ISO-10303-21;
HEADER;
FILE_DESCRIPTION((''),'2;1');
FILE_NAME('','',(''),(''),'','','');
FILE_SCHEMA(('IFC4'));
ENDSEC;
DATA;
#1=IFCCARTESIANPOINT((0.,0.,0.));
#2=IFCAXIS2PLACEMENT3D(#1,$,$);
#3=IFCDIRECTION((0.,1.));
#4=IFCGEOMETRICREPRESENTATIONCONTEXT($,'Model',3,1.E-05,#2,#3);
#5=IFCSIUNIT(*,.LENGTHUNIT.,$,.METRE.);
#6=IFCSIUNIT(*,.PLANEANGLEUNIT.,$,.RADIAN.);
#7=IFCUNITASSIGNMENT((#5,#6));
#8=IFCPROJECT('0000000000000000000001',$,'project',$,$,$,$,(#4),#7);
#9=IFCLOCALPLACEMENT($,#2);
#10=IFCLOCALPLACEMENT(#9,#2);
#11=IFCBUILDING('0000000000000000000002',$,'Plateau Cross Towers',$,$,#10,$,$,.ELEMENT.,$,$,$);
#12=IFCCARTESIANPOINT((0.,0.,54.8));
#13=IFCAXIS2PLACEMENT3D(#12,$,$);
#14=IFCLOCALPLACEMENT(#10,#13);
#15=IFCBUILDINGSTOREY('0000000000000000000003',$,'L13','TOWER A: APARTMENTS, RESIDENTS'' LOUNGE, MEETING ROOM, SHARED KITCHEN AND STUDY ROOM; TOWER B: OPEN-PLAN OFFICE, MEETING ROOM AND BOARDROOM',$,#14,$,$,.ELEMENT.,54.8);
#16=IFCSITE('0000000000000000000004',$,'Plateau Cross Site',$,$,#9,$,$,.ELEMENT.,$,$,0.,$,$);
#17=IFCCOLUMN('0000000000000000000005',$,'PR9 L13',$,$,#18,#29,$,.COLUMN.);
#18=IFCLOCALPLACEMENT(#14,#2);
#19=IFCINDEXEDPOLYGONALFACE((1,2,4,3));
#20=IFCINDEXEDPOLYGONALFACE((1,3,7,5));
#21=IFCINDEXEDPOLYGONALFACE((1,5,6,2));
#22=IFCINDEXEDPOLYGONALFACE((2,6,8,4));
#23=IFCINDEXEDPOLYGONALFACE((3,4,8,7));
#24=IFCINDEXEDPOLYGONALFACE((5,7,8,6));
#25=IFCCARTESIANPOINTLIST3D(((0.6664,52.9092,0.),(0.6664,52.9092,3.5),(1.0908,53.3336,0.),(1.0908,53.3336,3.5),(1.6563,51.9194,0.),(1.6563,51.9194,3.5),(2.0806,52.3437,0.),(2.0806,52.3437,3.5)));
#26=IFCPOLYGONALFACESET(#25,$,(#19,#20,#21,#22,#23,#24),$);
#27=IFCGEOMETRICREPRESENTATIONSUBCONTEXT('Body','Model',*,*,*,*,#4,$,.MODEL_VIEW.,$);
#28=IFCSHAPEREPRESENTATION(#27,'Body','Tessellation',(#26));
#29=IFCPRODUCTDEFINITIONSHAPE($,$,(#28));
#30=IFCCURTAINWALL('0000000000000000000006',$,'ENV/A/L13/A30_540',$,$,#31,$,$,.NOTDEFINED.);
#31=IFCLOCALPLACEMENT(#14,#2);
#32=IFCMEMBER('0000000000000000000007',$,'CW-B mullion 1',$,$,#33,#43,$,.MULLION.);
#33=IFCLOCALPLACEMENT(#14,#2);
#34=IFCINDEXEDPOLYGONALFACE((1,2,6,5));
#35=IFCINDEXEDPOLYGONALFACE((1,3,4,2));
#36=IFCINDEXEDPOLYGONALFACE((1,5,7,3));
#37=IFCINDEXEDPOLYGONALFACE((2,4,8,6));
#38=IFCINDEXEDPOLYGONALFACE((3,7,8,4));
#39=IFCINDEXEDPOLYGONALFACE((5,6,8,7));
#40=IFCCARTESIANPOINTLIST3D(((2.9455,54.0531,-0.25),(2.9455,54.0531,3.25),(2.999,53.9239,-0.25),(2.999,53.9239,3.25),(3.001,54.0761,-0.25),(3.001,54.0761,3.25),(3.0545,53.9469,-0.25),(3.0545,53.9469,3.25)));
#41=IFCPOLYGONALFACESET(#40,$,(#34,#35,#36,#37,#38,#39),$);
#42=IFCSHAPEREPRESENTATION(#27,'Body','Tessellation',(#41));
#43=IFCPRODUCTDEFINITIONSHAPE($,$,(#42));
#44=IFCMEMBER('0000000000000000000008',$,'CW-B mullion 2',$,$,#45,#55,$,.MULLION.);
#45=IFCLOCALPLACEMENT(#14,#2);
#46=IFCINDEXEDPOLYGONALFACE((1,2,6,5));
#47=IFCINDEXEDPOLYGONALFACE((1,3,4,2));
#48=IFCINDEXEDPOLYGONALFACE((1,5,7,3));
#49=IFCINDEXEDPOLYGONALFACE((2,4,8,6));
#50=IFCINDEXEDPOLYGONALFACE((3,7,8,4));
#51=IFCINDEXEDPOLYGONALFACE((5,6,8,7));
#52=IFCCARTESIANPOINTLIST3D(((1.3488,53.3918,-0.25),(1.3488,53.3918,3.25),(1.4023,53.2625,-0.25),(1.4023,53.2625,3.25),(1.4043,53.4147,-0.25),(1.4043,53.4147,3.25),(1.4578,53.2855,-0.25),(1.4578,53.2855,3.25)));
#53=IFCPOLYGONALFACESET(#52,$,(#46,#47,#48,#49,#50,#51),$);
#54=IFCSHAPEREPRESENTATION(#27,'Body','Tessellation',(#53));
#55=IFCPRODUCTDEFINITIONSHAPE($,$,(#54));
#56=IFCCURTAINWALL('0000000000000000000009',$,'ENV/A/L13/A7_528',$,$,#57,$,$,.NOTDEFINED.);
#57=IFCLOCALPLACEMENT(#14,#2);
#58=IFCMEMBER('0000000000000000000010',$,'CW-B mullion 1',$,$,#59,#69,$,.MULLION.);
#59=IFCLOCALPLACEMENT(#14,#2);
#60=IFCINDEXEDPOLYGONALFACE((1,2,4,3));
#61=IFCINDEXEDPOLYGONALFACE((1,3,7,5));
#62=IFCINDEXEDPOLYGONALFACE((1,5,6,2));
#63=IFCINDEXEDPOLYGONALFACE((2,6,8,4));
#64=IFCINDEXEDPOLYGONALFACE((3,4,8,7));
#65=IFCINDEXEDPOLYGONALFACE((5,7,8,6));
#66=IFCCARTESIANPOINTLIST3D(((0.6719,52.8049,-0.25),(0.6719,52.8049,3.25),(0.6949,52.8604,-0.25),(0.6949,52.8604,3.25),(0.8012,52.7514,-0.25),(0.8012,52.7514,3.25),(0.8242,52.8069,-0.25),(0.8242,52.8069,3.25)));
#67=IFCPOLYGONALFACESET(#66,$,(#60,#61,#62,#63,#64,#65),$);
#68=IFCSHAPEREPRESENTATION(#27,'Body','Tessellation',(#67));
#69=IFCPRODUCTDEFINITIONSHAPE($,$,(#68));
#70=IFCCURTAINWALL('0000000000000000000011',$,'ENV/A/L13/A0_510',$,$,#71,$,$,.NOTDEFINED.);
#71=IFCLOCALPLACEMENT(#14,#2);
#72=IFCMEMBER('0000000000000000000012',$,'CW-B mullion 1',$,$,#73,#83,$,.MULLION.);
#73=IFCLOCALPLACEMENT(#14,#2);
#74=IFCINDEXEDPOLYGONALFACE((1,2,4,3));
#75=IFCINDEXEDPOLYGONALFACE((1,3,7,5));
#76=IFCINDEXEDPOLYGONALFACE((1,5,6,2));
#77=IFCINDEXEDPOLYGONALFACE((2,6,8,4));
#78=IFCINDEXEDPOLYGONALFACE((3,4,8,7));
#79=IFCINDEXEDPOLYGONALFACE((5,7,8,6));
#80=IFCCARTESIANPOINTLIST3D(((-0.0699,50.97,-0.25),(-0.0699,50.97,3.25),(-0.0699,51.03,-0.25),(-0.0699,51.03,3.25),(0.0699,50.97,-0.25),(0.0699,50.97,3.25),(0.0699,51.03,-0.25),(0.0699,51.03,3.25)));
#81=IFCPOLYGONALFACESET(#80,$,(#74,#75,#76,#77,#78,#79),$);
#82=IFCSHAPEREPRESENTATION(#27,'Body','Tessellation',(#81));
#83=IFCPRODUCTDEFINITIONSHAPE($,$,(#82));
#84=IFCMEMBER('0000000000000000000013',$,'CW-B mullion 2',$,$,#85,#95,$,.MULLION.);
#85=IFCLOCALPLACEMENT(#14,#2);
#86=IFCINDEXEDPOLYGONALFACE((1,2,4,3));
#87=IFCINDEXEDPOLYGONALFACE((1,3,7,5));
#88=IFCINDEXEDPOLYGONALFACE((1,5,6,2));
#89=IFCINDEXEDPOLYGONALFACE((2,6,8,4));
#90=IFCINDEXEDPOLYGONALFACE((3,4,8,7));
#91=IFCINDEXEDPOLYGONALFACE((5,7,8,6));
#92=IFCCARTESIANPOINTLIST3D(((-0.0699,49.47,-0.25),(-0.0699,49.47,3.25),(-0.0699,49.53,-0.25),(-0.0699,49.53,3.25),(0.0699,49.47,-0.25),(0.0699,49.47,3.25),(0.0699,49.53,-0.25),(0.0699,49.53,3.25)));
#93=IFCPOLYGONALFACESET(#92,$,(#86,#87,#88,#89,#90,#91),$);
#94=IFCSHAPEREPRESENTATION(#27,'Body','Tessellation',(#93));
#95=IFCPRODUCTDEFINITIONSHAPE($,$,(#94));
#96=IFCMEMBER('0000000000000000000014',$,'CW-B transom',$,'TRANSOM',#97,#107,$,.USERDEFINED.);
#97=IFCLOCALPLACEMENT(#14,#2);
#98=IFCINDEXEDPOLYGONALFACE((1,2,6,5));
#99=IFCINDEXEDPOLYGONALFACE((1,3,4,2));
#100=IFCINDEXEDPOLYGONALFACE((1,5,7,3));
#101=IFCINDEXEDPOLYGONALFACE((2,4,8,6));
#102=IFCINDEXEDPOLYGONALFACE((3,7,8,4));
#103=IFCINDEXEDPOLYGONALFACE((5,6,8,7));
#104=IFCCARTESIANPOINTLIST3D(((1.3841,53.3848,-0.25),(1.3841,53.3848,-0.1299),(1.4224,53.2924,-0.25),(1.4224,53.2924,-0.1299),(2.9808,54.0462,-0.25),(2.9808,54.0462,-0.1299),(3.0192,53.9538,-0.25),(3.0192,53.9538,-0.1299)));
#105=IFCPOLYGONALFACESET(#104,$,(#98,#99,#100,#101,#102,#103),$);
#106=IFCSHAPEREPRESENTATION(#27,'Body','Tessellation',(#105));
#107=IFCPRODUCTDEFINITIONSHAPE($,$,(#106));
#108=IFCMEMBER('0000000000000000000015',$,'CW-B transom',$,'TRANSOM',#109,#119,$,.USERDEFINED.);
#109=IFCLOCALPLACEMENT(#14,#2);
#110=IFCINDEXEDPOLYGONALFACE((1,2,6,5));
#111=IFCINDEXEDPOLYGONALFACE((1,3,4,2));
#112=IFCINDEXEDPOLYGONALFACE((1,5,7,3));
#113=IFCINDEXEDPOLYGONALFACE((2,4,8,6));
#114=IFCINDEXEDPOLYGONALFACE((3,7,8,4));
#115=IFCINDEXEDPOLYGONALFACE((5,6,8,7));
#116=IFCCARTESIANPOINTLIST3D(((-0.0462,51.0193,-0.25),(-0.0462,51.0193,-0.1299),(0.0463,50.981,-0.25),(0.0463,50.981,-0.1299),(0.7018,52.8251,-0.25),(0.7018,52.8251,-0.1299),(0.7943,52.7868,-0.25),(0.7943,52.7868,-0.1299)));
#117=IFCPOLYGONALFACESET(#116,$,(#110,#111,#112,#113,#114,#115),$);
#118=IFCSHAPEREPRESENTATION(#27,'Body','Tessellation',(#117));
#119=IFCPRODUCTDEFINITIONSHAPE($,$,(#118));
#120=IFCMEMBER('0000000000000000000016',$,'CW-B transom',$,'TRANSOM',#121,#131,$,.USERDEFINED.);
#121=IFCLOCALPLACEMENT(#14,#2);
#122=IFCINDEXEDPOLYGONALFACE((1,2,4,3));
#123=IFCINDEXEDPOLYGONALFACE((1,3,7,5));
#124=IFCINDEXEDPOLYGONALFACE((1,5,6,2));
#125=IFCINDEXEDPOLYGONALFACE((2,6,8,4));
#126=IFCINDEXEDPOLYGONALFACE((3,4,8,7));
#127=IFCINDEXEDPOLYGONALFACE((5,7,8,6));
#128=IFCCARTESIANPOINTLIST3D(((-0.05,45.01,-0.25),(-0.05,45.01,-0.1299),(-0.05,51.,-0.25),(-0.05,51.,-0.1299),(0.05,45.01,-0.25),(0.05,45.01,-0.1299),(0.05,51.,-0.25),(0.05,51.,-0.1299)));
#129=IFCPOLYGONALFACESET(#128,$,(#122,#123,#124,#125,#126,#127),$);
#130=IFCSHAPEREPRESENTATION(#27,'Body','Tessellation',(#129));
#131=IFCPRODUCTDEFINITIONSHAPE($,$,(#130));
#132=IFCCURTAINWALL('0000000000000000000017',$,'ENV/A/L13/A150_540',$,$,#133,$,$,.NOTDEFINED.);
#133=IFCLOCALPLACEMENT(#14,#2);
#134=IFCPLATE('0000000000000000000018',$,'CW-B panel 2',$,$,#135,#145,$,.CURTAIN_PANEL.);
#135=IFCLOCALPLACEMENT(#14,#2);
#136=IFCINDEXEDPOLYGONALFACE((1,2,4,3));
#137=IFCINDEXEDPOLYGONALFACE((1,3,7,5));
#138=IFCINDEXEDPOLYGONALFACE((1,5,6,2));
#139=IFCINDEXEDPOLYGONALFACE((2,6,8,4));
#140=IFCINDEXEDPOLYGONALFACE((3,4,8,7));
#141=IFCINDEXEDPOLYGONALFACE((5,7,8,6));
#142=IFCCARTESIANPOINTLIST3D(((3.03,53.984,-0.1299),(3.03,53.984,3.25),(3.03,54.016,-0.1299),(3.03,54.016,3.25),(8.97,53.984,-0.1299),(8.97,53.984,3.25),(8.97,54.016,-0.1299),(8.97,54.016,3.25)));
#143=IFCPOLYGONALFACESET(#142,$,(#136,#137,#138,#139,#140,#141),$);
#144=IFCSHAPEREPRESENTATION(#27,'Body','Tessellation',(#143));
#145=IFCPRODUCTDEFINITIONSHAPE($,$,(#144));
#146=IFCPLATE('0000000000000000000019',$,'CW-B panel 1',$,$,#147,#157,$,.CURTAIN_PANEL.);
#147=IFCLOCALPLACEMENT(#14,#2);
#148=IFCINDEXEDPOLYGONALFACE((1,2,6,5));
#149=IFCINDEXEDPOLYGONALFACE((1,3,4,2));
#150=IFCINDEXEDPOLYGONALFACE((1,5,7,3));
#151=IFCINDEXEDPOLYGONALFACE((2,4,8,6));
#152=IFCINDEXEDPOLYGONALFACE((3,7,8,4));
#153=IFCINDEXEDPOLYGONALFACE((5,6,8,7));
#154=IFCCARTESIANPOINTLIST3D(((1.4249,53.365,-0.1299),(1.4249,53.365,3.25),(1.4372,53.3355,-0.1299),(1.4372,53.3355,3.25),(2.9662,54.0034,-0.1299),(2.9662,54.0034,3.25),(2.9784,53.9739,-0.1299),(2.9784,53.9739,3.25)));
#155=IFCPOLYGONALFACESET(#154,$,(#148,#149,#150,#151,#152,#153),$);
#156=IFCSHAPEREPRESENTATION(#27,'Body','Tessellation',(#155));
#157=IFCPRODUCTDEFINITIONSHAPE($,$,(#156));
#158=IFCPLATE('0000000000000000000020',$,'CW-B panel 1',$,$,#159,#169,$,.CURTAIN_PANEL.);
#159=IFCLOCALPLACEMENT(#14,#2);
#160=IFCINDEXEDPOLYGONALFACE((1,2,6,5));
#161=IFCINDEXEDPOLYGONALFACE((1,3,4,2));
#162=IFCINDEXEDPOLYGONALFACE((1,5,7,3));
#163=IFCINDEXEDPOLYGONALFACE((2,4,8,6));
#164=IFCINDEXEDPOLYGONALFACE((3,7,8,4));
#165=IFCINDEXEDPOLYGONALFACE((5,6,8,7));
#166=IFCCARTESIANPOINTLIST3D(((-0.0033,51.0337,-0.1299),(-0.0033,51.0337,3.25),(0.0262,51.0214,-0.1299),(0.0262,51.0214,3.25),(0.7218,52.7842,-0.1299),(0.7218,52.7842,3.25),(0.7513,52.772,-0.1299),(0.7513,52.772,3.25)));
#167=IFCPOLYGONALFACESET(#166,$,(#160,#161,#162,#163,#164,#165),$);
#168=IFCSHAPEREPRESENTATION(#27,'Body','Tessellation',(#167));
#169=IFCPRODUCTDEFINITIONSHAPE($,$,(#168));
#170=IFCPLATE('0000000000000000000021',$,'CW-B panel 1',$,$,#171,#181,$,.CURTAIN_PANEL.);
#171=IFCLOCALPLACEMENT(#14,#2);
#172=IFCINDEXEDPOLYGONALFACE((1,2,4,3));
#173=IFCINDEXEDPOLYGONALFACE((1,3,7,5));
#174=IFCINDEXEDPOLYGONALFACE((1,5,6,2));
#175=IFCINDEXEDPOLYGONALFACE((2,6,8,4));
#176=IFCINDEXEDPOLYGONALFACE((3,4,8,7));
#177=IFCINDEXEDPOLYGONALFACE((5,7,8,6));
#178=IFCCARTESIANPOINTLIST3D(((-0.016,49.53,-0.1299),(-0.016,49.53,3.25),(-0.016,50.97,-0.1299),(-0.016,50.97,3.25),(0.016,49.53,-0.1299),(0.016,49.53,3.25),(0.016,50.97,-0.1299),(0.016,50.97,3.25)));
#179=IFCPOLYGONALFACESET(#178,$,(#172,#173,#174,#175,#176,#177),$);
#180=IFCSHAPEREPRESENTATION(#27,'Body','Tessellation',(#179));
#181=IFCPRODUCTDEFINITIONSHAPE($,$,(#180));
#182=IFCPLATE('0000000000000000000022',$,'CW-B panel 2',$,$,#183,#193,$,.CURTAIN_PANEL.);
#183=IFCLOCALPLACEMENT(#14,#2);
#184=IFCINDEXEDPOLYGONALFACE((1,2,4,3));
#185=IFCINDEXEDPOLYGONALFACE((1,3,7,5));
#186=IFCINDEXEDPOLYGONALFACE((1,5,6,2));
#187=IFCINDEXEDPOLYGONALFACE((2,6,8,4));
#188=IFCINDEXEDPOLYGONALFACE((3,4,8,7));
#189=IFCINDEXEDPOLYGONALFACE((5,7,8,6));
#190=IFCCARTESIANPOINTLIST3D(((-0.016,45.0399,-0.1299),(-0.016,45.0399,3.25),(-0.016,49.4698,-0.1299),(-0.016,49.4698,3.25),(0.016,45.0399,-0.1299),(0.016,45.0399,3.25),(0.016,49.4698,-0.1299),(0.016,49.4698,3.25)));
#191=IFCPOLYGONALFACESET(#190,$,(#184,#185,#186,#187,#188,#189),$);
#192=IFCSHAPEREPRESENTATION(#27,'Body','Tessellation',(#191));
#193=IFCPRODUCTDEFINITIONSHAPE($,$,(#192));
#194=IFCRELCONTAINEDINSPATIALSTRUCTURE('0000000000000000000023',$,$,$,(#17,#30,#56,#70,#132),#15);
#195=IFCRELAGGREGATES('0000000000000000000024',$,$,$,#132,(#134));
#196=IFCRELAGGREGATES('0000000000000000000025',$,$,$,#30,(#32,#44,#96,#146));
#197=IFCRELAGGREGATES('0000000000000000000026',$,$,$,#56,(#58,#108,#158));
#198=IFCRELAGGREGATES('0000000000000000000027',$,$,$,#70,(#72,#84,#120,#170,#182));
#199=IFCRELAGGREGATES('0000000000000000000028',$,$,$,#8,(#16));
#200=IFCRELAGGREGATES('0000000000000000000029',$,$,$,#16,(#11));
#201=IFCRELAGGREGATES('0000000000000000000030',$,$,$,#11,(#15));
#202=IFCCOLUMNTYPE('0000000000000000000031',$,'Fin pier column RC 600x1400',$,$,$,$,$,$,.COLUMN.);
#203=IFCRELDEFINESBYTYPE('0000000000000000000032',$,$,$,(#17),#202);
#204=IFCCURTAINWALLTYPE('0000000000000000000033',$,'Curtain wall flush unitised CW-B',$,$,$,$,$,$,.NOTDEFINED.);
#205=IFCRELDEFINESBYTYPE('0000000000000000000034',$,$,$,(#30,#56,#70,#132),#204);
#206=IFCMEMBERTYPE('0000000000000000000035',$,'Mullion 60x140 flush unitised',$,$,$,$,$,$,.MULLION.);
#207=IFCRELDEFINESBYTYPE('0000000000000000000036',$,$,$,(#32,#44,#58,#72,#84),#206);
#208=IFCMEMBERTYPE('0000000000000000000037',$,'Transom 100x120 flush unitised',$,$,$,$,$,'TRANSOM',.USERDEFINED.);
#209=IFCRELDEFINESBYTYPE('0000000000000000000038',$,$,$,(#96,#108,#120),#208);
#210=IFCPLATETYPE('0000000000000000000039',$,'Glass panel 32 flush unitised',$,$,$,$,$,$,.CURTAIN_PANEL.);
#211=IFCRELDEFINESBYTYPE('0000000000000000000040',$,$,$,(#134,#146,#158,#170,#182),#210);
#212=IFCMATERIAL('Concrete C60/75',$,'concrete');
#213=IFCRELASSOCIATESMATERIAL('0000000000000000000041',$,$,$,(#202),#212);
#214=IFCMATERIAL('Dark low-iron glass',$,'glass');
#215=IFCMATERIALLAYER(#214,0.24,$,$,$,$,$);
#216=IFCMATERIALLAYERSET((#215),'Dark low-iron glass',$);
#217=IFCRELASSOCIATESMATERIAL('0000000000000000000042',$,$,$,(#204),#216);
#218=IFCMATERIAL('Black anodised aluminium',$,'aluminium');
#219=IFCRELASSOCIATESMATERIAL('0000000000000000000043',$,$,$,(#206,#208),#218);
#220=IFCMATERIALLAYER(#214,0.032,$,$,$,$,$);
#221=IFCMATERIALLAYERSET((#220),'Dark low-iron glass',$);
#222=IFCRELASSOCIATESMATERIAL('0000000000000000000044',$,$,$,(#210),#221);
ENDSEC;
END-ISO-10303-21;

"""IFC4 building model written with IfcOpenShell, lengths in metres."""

from ifc_helpers import new_model, si_unit, direction, frame, origin, origin_2d, place, context, subcontext, project, spatial, rectangle, extrude, material, layer, layer_set, material_profile, profile_set, type_object, element, aggregate, save


model = new_model("IFC4")

# Units and contexts
model_context = context("Model", 3, precision=1e-05, world=origin(), true_north=direction((0.0, 1.0)))
body_context = subcontext(model_context, "Body", "Model", "MODEL_VIEW")
ifc_project = project(units=[si_unit("LENGTHUNIT", "METRE"), si_unit("PLANEANGLEUNIT", "RADIAN")], contexts=[model_context])

# Site, building, storey
site_placement = place(None, origin())
site = spatial("IfcSite", under=ifc_project, at=site_placement, Name="Plateau Cross Site", CompositionType="ELEMENT", RefElevation=0.0)
building_placement = place(site_placement, origin())
building = spatial("IfcBuilding", under=site, at=building_placement, Name="Plateau Cross Towers", CompositionType="ELEMENT")
storey_placement = place(building_placement, frame((0.0, 0.0, 54.8)))
storey = spatial("IfcBuildingStorey", under=building, at=storey_placement, Name="L13", Description="TOWER A: APARTMENTS, RESIDENTS' LOUNGE, MEETING ROOM, SHARED KITCHEN AND STUDY ROOM; TOWER B: OPEN-PLAN OFFICE, MEETING ROOM AND BOARDROOM", CompositionType="ELEMENT", Elevation=54.8)

# Column
ifc_material_1 = material(Name="Concrete C60/75", Category="concrete")
ifc_material_profile_1 = material_profile(ifc_material_1, rectangle(XDim=0.6001, YDim=1.3999, at=origin_2d()), Name="RC 600x1400")
ifc_profile_set_1 = profile_set([ifc_material_profile_1], Name="Concrete C60/75")
column_type = type_object("IfcColumnType", Name="Fin pier column RC 600x1400", PredefinedType="COLUMN", material=ifc_profile_set_1)
column_placement = place(storey_placement, frame((1.3735, 52.6265, 0.0), z_axis=(0.0, 0.0, 1.0), x_axis=(0.707107, 0.707107, 0.0)))
element("IfcColumn", 1, at=column_placement, inside=storey, type_object=column_type, Name="PR9 L13", PredefinedType="COLUMN", context=body_context, shape_type="SweptSolid", body=[
    extrude(rectangle(XDim=0.6001, YDim=1.3999, at=origin_2d()), origin(), (0.0, 0.0, 1.0), 3.5),
])

# Curtain wall, members
ifc_material_2 = material(Name="Dark low-iron glass", Category="glass")
ifc_layer_1 = layer(ifc_material_2, 0.24)
ifc_layer_set_1 = layer_set([ifc_layer_1], Name="Dark low-iron glass")
curtain_wall_type = type_object("IfcCurtainWallType", Name="Curtain wall flush unitised CW-B", PredefinedType="NOTDEFINED", material=ifc_layer_set_1)
curtain_wall_1_placement = place(storey_placement, origin())
curtain_wall_1 = element("IfcCurtainWall", 2, at=curtain_wall_1_placement, inside=storey, type_object=curtain_wall_type, Name="ENV/A/L13/A30_540", PredefinedType="NOTDEFINED")
ifc_material_3 = material(Name="Black anodised aluminium", Category="aluminium")
ifc_material_profile_2 = material_profile(ifc_material_3, rectangle(XDim=0.0601, YDim=0.1399, at=origin_2d()), Name="MULLION 60x140")
ifc_profile_set_2 = profile_set([ifc_material_profile_2], Name="Black anodised aluminium")
member_type_1 = type_object("IfcMemberType", Name="Mullion 60x140 flush unitised", PredefinedType="MULLION", material=ifc_profile_set_2)
member_1_placement = place(storey_placement, frame((3.0, 54.0, -0.25), z_axis=(0.0, 0.0, 1.0), x_axis=(-0.923879, -0.382684, 0.0)))
member_1 = element("IfcMember", 3, at=member_1_placement, type_object=member_type_1, Name="CW-B mullion 1", PredefinedType="MULLION", context=body_context, shape_type="SweptSolid", body=[
    extrude(rectangle(XDim=0.0601, YDim=0.1399, at=origin_2d()), origin(), (0.0, 0.0, 1.0), 3.5),
])
member_2_placement = place(storey_placement, frame((1.4033, 53.3386, -0.25), z_axis=(0.0, 0.0, 1.0), x_axis=(-0.923879, -0.382684, 0.0)))
member_2 = element("IfcMember", 4, at=member_2_placement, type_object=member_type_1, Name="CW-B mullion 2", PredefinedType="MULLION", context=body_context, shape_type="SweptSolid", body=[
    extrude(rectangle(XDim=0.0601, YDim=0.1399, at=origin_2d()), origin(), (0.0, 0.0, 1.0), 3.5),
])

# Curtain wall, member
curtain_wall_2_placement = place(storey_placement, origin())
curtain_wall_2 = element("IfcCurtainWall", 5, at=curtain_wall_2_placement, inside=storey, type_object=curtain_wall_type, Name="ENV/A/L13/A7_528", PredefinedType="NOTDEFINED")
member_3_placement = place(storey_placement, frame((0.748, 52.8059, -0.25), z_axis=(0.0, 0.0, 1.0), x_axis=(-0.382684, -0.923879, 0.0)))
member_3 = element("IfcMember", 6, at=member_3_placement, type_object=member_type_1, Name="CW-B mullion 1", PredefinedType="MULLION", context=body_context, shape_type="SweptSolid", body=[
    extrude(rectangle(XDim=0.0601, YDim=0.1399, at=origin_2d()), origin(), (0.0, 0.0, 1.0), 3.5),
])

# Curtain wall, members
curtain_wall_3_placement = place(storey_placement, origin())
curtain_wall_3 = element("IfcCurtainWall", 7, at=curtain_wall_3_placement, inside=storey, type_object=curtain_wall_type, Name="ENV/A/L13/A0_510", PredefinedType="NOTDEFINED")
member_4_placement = place(storey_placement, frame((0.0, 51.0, -0.25), z_axis=(0.0, 0.0, 1.0), x_axis=(0.0, -1.0, 0.0)))
member_4 = element("IfcMember", 8, at=member_4_placement, type_object=member_type_1, Name="CW-B mullion 1", PredefinedType="MULLION", context=body_context, shape_type="SweptSolid", body=[
    extrude(rectangle(XDim=0.0601, YDim=0.1399, at=origin_2d()), origin(), (0.0, 0.0, 1.0), 3.5),
])
member_5_placement = place(storey_placement, frame((0.0, 49.5, -0.25), z_axis=(0.0, 0.0, 1.0), x_axis=(0.0, -1.0, 0.0)))
member_5 = element("IfcMember", 9, at=member_5_placement, type_object=member_type_1, Name="CW-B mullion 2", PredefinedType="MULLION", context=body_context, shape_type="SweptSolid", body=[
    extrude(rectangle(XDim=0.0601, YDim=0.1399, at=origin_2d()), origin(), (0.0, 0.0, 1.0), 3.5),
])

# Members
ifc_material_profile_3 = material_profile(ifc_material_3, rectangle(XDim=0.1001, YDim=0.1201, at=origin_2d()), Name="TRANSOM 100x120")
ifc_profile_set_3 = profile_set([ifc_material_profile_3], Name="Black anodised aluminium")
member_type_2 = type_object("IfcMemberType", Name="Transom 100x120 flush unitised", ElementType="TRANSOM", PredefinedType="USERDEFINED", material=ifc_profile_set_3)
member_6_placement = place(storey_placement, frame((3.0, 54.0, -0.1899), z_axis=(-0.923877, -0.382689, 0.0), x_axis=(0.382689, -0.923877, 0.0)))
member_6 = element("IfcMember", 10, at=member_6_placement, type_object=member_type_2, Name="CW-B transom", ObjectType="TRANSOM", PredefinedType="USERDEFINED", context=body_context, shape_type="SweptSolid", body=[
    extrude(rectangle(XDim=0.1001, YDim=0.1201, at=origin_2d()), origin(), (0.0, 0.0, 1.0), 1.7283),
])
member_7_placement = place(storey_placement, frame((0.748, 52.8059, -0.1899), z_axis=(-0.38269, -0.923877, 0.0), x_axis=(0.923877, -0.38269, 0.0)))
member_7 = element("IfcMember", 11, at=member_7_placement, type_object=member_type_2, Name="CW-B transom", ObjectType="TRANSOM", PredefinedType="USERDEFINED", context=body_context, shape_type="SweptSolid", body=[
    extrude(rectangle(XDim=0.1001, YDim=0.1201, at=origin_2d()), origin(), (0.0, 0.0, 1.0), 1.9546),
])
member_8_placement = place(storey_placement, frame((0.0, 51.0, -0.1899), z_axis=(0.0, -1.0, 0.0), x_axis=(1.0, 0.0, 0.0)))
member_8 = element("IfcMember", 12, at=member_8_placement, type_object=member_type_2, Name="CW-B transom", ObjectType="TRANSOM", PredefinedType="USERDEFINED", context=body_context, shape_type="SweptSolid", body=[
    extrude(rectangle(XDim=0.1001, YDim=0.1201, at=origin_2d()), origin(), (0.0, 0.0, 1.0), 5.99),
])

# Curtain wall, plate
curtain_wall_4_placement = place(storey_placement, origin())
curtain_wall_4 = element("IfcCurtainWall", 13, at=curtain_wall_4_placement, inside=storey, type_object=curtain_wall_type, Name="ENV/A/L13/A150_540", PredefinedType="NOTDEFINED")
ifc_layer_2 = layer(ifc_material_2, 0.032)
ifc_layer_set_2 = layer_set([ifc_layer_2], Name="Dark low-iron glass")
plate_type = type_object("IfcPlateType", Name="Glass panel 32 flush unitised", PredefinedType="CURTAIN_PANEL", material=ifc_layer_set_2)
plate_1_placement = place(storey_placement, frame((6.0, 54.0, -0.1299), z_axis=(0.0, 0.0, 1.0), x_axis=(-1.0, 0.0, 0.0)))
plate_1 = element("IfcPlate", 14, at=plate_1_placement, type_object=plate_type, Name="CW-B panel 2", PredefinedType="CURTAIN_PANEL", context=body_context, shape_type="SweptSolid", body=[
    extrude(rectangle(XDim=5.9399, YDim=0.032, at=origin_2d()), origin(), (0.0, 0.0, 1.0), 3.3799),
])
aggregate(curtain_wall_4, [plate_1])

# Plates
plate_2_placement = place(storey_placement, frame((2.2017, 53.6694, -0.1299), z_axis=(0.0, 0.0, 1.0), x_axis=(-0.923879, -0.382684, 0.0)))
plate_2 = element("IfcPlate", 15, at=plate_2_placement, type_object=plate_type, Name="CW-B panel 1", PredefinedType="CURTAIN_PANEL", context=body_context, shape_type="SweptSolid", body=[
    extrude(rectangle(XDim=1.6682, YDim=0.032, at=origin_2d()), origin(), (0.0, 0.0, 1.0), 3.3799),
])
aggregate(curtain_wall_1, [member_1, member_2, member_6, plate_2])
plate_3_placement = place(storey_placement, frame((0.374, 51.9028, -0.1299), z_axis=(0.0, 0.0, 1.0), x_axis=(-0.382684, -0.923879, 0.0)))
plate_3 = element("IfcPlate", 16, at=plate_3_placement, type_object=plate_type, Name="CW-B panel 1", PredefinedType="CURTAIN_PANEL", context=body_context, shape_type="SweptSolid", body=[
    extrude(rectangle(XDim=1.8948, YDim=0.032, at=origin_2d()), origin(), (0.0, 0.0, 1.0), 3.3799),
])
aggregate(curtain_wall_2, [member_3, member_7, plate_3])
plate_4_placement = place(storey_placement, frame((0.0, 50.25, -0.1299), z_axis=(0.0, 0.0, 1.0), x_axis=(0.0, -1.0, 0.0)))
plate_4 = element("IfcPlate", 17, at=plate_4_placement, type_object=plate_type, Name="CW-B panel 1", PredefinedType="CURTAIN_PANEL", context=body_context, shape_type="SweptSolid", body=[
    extrude(rectangle(XDim=1.4399, YDim=0.032, at=origin_2d()), origin(), (0.0, 0.0, 1.0), 3.3799),
])
plate_5_placement = place(storey_placement, frame((0.0, 47.2549, -0.1299), z_axis=(0.0, 0.0, 1.0), x_axis=(0.0, -1.0, 0.0)))
plate_5 = element("IfcPlate", 18, at=plate_5_placement, type_object=plate_type, Name="CW-B panel 2", PredefinedType="CURTAIN_PANEL", context=body_context, shape_type="SweptSolid", body=[
    extrude(rectangle(XDim=4.4299, YDim=0.032, at=origin_2d()), origin(), (0.0, 0.0, 1.0), 3.3799),
])
aggregate(curtain_wall_3, [member_4, member_5, member_8, plate_4, plate_5])

save(model, "model.ifc")
